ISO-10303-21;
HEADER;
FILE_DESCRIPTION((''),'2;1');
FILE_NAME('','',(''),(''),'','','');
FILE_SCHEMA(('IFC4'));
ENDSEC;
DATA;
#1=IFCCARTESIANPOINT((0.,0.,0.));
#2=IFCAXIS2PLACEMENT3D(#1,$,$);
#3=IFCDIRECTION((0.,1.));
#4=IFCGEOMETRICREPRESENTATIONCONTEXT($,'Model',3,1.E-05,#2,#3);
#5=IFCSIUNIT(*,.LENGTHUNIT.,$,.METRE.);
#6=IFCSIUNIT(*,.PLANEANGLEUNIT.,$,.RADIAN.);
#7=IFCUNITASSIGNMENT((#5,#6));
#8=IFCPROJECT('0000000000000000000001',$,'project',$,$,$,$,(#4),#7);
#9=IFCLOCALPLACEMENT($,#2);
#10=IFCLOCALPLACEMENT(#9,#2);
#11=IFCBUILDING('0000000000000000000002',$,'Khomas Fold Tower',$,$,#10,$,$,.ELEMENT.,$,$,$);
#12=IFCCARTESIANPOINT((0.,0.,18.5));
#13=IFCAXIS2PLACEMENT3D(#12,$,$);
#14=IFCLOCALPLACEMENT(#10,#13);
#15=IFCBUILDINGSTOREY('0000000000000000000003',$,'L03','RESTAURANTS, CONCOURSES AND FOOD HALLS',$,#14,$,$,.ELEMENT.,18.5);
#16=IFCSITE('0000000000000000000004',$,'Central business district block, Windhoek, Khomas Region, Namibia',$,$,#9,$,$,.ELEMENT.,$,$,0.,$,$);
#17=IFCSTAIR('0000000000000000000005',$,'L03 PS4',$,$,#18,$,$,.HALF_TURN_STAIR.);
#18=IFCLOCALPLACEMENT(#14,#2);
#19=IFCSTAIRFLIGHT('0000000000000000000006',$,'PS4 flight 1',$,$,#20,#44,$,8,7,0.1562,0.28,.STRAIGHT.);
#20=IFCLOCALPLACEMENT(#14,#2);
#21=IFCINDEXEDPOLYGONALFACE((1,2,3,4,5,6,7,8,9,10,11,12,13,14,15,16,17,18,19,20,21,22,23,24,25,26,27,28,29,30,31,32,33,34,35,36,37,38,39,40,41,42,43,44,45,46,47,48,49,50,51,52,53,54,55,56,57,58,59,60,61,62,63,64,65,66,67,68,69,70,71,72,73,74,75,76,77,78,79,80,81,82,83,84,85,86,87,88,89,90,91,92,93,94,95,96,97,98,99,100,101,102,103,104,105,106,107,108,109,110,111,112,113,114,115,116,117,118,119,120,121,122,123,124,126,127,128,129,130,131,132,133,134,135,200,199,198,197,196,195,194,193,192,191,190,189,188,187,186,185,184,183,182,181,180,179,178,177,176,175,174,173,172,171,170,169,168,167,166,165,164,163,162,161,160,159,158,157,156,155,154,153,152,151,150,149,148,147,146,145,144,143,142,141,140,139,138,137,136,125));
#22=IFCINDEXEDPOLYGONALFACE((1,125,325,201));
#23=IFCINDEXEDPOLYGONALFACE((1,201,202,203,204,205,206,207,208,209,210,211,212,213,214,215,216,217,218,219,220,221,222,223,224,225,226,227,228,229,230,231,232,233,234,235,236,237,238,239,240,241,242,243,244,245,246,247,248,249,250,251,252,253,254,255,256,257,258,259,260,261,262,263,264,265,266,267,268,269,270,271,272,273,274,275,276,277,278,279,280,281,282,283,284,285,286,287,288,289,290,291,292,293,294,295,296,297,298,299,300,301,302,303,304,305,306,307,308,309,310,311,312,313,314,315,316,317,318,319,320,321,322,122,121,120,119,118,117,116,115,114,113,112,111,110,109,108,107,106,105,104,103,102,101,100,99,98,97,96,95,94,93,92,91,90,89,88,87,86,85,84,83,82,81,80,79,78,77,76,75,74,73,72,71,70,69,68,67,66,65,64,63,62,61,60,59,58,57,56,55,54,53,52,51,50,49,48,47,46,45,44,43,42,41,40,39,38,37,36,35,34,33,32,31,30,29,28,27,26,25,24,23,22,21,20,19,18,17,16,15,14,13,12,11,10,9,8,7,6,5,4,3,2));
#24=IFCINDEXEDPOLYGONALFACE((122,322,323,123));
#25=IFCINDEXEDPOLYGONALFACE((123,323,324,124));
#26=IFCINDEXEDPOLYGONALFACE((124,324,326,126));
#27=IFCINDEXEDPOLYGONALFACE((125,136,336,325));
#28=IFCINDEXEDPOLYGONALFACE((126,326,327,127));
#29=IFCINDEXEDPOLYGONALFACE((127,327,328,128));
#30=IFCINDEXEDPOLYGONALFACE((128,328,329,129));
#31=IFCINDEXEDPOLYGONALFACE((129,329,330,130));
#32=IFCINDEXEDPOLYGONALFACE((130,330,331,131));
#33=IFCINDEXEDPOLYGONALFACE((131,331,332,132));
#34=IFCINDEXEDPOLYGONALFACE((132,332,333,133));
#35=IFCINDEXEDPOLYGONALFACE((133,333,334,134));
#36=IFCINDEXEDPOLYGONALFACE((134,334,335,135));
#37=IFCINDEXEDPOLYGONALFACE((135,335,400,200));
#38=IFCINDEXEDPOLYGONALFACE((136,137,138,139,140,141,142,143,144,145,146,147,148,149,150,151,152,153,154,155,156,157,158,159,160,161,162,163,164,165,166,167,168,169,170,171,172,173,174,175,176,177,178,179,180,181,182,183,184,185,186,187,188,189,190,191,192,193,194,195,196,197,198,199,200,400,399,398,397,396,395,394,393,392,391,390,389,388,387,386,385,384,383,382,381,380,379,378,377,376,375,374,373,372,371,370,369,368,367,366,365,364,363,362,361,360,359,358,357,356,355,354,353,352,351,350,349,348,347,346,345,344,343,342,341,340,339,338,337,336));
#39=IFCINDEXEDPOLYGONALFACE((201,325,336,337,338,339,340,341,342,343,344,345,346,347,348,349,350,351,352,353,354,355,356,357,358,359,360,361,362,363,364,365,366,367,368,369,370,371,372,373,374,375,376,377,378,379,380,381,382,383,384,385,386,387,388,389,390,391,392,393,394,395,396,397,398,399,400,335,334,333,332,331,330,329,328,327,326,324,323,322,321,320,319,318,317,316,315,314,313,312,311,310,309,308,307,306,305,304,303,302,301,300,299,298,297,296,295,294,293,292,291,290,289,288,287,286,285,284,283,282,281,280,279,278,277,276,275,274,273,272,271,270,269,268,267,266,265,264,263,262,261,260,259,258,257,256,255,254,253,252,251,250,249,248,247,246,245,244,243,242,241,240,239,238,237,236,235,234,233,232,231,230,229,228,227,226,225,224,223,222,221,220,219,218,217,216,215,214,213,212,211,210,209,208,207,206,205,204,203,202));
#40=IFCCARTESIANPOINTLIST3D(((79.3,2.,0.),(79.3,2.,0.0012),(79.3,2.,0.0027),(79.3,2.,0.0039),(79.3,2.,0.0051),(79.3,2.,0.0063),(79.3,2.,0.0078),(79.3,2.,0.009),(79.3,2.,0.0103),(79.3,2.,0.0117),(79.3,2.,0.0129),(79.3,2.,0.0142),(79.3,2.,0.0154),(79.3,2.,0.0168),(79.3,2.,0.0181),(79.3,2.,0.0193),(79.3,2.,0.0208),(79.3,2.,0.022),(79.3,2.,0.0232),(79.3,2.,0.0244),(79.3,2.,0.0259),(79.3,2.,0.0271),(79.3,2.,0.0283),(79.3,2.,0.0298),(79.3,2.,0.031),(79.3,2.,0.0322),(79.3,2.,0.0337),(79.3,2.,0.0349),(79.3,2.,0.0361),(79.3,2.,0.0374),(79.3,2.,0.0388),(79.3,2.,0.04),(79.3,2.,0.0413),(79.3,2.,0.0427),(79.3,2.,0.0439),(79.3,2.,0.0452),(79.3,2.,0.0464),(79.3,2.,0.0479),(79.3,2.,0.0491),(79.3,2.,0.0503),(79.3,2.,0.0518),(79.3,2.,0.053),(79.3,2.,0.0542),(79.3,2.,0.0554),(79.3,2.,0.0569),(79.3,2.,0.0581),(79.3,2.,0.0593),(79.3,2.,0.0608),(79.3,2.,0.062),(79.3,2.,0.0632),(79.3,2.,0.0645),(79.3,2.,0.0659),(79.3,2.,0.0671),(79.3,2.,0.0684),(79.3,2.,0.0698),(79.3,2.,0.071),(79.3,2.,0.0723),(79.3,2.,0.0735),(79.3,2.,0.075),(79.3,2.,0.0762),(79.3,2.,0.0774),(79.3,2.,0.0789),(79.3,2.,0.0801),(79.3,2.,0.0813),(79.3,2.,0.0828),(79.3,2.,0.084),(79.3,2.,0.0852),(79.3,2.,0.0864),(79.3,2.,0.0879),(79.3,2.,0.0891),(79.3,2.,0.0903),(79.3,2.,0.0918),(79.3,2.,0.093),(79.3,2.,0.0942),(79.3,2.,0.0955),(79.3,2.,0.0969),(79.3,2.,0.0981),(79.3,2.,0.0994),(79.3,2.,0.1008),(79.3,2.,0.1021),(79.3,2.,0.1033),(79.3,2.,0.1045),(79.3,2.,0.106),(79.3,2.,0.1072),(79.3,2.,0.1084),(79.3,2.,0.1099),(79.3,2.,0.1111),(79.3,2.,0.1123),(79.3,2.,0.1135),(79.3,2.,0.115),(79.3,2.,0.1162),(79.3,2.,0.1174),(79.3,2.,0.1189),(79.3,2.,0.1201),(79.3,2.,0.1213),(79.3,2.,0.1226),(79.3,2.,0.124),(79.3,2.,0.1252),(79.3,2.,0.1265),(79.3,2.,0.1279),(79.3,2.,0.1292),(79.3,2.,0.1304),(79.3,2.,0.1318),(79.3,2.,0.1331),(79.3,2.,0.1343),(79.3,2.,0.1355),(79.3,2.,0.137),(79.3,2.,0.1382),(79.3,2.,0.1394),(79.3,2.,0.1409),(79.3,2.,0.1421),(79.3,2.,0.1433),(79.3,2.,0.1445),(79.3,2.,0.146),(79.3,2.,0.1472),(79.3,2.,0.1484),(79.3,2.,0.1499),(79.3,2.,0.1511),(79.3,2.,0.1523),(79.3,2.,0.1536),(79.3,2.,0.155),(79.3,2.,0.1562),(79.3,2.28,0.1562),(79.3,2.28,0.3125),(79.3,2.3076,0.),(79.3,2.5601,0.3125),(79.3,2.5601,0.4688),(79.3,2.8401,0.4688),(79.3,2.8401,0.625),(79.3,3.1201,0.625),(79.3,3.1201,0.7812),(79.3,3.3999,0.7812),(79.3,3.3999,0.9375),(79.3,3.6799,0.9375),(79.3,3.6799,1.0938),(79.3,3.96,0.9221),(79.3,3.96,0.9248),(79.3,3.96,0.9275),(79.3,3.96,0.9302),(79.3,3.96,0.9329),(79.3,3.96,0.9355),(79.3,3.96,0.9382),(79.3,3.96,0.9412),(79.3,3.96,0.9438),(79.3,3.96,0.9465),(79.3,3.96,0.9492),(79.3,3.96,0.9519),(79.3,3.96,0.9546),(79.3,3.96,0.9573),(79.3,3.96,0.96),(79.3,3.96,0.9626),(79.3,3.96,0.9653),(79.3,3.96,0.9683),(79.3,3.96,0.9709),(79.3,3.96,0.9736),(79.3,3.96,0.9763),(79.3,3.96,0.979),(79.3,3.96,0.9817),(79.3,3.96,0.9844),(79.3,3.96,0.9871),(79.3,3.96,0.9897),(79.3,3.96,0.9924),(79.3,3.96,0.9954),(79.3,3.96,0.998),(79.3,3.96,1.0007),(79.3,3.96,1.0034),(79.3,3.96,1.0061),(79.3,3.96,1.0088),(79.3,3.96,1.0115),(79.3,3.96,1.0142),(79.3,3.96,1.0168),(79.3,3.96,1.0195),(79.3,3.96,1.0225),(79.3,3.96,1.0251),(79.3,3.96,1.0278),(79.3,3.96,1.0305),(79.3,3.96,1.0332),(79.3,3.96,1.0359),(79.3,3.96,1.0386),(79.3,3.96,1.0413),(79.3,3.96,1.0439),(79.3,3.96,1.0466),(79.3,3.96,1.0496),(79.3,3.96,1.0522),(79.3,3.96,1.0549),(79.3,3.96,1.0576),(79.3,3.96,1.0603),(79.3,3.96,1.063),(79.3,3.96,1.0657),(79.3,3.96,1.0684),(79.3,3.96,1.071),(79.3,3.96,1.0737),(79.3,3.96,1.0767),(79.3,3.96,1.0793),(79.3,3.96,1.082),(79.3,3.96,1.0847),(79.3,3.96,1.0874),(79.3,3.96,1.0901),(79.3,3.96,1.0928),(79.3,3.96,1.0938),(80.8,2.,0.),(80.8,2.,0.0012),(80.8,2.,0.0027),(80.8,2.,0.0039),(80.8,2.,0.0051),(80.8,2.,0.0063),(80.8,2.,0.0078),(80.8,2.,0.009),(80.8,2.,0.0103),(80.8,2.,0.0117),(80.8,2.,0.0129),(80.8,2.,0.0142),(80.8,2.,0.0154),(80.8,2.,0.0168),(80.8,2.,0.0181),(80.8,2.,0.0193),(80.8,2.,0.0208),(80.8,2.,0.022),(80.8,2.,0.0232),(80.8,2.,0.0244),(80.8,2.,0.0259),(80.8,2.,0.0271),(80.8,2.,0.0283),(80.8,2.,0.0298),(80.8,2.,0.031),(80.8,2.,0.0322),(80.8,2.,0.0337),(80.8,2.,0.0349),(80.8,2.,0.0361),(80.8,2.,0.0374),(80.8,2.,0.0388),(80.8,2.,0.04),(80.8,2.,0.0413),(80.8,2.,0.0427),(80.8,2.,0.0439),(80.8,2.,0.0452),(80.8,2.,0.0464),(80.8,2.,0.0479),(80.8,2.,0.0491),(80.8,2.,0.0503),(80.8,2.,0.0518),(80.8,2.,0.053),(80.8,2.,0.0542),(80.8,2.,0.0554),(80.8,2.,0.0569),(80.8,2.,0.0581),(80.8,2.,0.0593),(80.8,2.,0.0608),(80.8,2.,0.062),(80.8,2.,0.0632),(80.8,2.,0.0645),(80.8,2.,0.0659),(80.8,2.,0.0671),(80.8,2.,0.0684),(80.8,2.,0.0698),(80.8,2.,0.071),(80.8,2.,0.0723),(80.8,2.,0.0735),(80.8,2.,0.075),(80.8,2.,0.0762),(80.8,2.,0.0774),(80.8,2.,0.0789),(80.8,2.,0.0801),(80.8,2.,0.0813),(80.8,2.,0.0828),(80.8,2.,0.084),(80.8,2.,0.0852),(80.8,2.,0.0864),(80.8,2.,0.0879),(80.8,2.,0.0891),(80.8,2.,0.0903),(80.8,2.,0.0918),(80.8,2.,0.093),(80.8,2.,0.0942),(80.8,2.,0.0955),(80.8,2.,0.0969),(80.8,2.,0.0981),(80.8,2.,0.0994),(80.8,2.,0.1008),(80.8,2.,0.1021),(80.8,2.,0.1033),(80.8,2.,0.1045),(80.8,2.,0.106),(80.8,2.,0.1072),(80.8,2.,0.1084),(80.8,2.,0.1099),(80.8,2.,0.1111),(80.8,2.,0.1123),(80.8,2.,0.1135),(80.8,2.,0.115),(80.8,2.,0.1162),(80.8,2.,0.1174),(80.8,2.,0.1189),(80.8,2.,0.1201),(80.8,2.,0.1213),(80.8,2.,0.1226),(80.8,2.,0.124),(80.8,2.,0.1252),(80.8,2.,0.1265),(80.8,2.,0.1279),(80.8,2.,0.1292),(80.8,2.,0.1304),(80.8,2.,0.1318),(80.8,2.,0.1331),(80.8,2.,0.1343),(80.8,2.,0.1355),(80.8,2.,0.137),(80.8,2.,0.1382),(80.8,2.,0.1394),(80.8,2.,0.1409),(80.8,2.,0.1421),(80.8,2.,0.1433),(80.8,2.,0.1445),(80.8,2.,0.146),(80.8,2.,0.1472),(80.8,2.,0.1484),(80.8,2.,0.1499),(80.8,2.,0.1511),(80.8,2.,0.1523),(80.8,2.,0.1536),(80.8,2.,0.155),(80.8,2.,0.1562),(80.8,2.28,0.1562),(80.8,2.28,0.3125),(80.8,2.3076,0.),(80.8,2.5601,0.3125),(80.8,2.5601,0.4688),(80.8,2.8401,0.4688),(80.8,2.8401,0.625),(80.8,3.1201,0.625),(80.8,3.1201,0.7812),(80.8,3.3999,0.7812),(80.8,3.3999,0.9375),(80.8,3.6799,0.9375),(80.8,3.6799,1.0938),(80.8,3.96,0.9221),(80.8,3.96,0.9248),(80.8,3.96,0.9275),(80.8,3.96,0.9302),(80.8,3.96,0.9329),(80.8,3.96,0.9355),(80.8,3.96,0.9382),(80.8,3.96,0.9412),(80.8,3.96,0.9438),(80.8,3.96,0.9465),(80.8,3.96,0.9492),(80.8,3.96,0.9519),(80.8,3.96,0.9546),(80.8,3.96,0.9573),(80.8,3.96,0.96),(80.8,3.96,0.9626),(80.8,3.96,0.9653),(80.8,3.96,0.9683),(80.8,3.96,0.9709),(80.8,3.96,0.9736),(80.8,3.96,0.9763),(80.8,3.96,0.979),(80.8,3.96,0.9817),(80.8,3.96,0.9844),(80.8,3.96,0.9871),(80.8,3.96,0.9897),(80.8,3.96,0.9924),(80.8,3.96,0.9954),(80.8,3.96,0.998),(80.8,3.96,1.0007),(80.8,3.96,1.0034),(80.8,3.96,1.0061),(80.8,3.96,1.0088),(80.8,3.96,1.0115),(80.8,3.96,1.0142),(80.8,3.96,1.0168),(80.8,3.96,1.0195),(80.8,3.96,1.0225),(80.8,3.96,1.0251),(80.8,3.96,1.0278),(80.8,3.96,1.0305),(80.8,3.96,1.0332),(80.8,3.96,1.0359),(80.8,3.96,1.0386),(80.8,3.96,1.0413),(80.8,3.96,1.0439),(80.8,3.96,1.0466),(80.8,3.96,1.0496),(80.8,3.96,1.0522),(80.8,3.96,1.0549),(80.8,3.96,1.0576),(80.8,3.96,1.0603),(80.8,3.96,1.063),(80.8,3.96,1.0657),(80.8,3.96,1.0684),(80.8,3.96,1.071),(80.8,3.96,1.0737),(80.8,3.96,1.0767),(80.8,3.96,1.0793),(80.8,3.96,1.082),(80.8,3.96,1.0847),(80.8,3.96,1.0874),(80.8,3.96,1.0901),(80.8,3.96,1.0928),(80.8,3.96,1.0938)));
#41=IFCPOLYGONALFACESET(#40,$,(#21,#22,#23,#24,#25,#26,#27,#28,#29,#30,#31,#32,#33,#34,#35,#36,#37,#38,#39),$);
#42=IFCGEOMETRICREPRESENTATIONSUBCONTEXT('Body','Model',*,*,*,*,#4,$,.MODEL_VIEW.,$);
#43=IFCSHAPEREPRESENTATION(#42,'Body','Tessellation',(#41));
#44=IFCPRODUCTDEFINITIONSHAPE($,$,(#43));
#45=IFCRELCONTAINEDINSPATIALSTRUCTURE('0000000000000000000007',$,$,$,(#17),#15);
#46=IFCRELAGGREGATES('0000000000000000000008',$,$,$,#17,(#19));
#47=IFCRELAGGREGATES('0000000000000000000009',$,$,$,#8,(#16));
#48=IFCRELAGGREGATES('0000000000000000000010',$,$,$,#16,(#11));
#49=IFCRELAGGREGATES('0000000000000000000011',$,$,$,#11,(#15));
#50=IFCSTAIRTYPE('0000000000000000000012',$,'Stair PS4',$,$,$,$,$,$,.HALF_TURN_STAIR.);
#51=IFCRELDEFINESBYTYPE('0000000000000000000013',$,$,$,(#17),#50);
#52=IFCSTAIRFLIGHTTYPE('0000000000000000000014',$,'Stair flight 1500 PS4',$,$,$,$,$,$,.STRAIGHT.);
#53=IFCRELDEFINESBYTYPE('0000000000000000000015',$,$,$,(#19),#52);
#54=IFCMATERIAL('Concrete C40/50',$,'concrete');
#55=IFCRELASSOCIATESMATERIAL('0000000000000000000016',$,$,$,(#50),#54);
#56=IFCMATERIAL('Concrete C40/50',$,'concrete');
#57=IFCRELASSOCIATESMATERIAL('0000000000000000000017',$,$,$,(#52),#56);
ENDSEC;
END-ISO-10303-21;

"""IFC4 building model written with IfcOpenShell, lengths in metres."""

from ifc_helpers import new_model, si_unit, direction, frame, origin, place, context, subcontext, project, spatial, polyline, outline, extrude, source, transform, mapped, material, type_object, element, aggregate, save


model = new_model("IFC4")

# Units and contexts
model_context = context("Model", 3, precision=1e-05, world=origin(), true_north=direction((0.0, 1.0)))
body_context = subcontext(model_context, "Body", "Model", "MODEL_VIEW")
ifc_project = project(units=[si_unit("LENGTHUNIT", "METRE"), si_unit("PLANEANGLEUNIT", "RADIAN")], contexts=[model_context])

# Site, building, storey
site_placement = place(None, origin())
site = spatial("IfcSite", under=ifc_project, at=site_placement, Name="Central business district block, Windhoek, Khomas Region, Namibia", CompositionType="ELEMENT", RefElevation=0.0)
building_placement = place(site_placement, origin())
building = spatial("IfcBuilding", under=site, at=building_placement, Name="Khomas Fold Tower", CompositionType="ELEMENT")
storey_placement = place(building_placement, frame((0.0, 0.0, 18.5)))
storey = spatial("IfcBuildingStorey", under=building, at=storey_placement, Name="L03", Description="RESTAURANTS, CONCOURSES AND FOOD HALLS", CompositionType="ELEMENT", Elevation=18.5)

# Stair, stair flight
shared_shape_1 = source(origin(), body_context, "Body", "SweptSolid", [
    extrude(outline(polyline([(0.0, 0.0), (0.0, 0.0012), (0.0, 0.0027), (0.0, 0.0039), (0.0, 0.0051), (0.0, 0.0063), (0.0, 0.0078), (0.0, 0.009), (0.0, 0.0103), (0.0, 0.0117), (0.0, 0.0129), (0.0, 0.0142), (0.0, 0.0154), (0.0, 0.0168), (0.0, 0.0181), (0.0, 0.0193), (0.0, 0.0208), (0.0, 0.022), (0.0, 0.0232), (0.0, 0.0244), (0.0, 0.0259), (0.0, 0.0271), (0.0, 0.0283), (0.0, 0.0298), (0.0, 0.031), (0.0, 0.0322), (0.0, 0.0337), (0.0, 0.0349), (0.0, 0.0361), (0.0, 0.0374), (0.0, 0.0388), (0.0, 0.04), (0.0, 0.0413), (0.0, 0.0427), (0.0, 0.0439), (0.0, 0.0452), (0.0, 0.0464), (0.0, 0.0479), (0.0, 0.0491), (0.0, 0.0503), (0.0, 0.0518), (0.0, 0.053), (0.0, 0.0542), (0.0, 0.0554), (0.0, 0.0569), (0.0, 0.0581), (0.0, 0.0593), (0.0, 0.0608), (0.0, 0.062), (0.0, 0.0632), (0.0, 0.0645), (0.0, 0.0659), (0.0, 0.0671), (0.0, 0.0684), (0.0, 0.0698), (0.0, 0.071), (0.0, 0.0723), (0.0, 0.0735), (0.0, 0.075), (0.0, 0.0762), (0.0, 0.0774), (0.0, 0.0789), (0.0, 0.0801), (0.0, 0.0813), (0.0, 0.0828), (0.0, 0.084), (0.0, 0.0852), (0.0, 0.0864), (0.0, 0.0879), (0.0, 0.0891), (0.0, 0.0903), (0.0, 0.0918), (0.0, 0.093), (0.0, 0.0942), (0.0, 0.0955), (0.0, 0.0969), (0.0, 0.0981), (0.0, 0.0994), (0.0, 0.1008), (0.0, 0.1021), (0.0, 0.1033), (0.0, 0.1045), (0.0, 0.106), (0.0, 0.1072), (0.0, 0.1084), (0.0, 0.1099), (0.0, 0.1111), (0.0, 0.1123), (0.0, 0.1135), (0.0, 0.115), (0.0, 0.1162), (0.0, 0.1174), (0.0, 0.1189), (0.0, 0.1201), (0.0, 0.1213), (0.0, 0.1226), (0.0, 0.124), (0.0, 0.1252), (0.0, 0.1265), (0.0, 0.1279), (0.0, 0.1292), (0.0, 0.1304), (0.0, 0.1318), (0.0, 0.1331), (0.0, 0.1343), (0.0, 0.1355), (0.0, 0.137), (0.0, 0.1382), (0.0, 0.1394), (0.0, 0.1409), (0.0, 0.1421), (0.0, 0.1433), (0.0, 0.1445), (0.0, 0.146), (0.0, 0.1472), (0.0, 0.1484), (0.0, 0.1499), (0.0, 0.1511), (0.0, 0.1523), (0.0, 0.1536), (0.0, 0.155), (0.0, 0.1562), (0.28, 0.1562), (0.28, 0.3125), (0.5601, 0.3125), (0.5601, 0.4688), (0.8401, 0.4688), (0.8401, 0.625), (1.1201, 0.625), (1.1201, 0.7812), (1.3999, 0.7812), (1.3999, 0.9375), (1.6799, 0.9375), (1.6799, 1.0938), (1.96, 1.0938), (1.96, 1.25), (1.96, 1.2473), (1.96, 1.2446), (1.96, 1.2419), (1.96, 1.2393), (1.96, 1.2363), (1.96, 1.2336), (1.96, 1.231), (1.96, 1.2283), (1.96, 1.2256), (1.96, 1.2229), (1.96, 1.2202), (1.96, 1.2175), (1.96, 1.2148), (1.96, 1.2122), (1.96, 1.2092), (1.96, 1.2065), (1.96, 1.2039), (1.96, 1.2012), (1.96, 1.1985), (1.96, 1.1958), (1.96, 1.1931), (1.96, 1.1904), (1.96, 1.1877), (1.96, 1.1851), (1.96, 1.1821), (1.96, 1.1794), (1.96, 1.1768), (1.96, 1.1741), (1.96, 1.1714), (1.96, 1.1687), (1.96, 1.166), (1.96, 1.1633), (1.96, 1.1606), (1.96, 1.158), (1.96, 1.155), (1.96, 1.1523), (1.96, 1.1497), (1.96, 1.147), (1.96, 1.1443), (1.96, 1.1416), (1.96, 1.1389), (1.96, 1.1362), (1.96, 1.1335), (1.96, 1.1309), (1.96, 1.1279), (1.96, 1.1252), (1.96, 1.1226), (1.96, 1.1199), (1.96, 1.1172), (1.96, 1.1145), (1.96, 1.1118), (1.96, 1.1091), (1.96, 1.1064), (1.96, 1.1038), (1.96, 1.1008), (1.96, 1.0981), (1.96, 1.0955), (1.96, 1.0928), (1.96, 1.0901), (1.96, 1.0874), (1.96, 1.0847), (1.96, 1.082), (1.96, 1.0793), (1.96, 1.0767), (1.96, 1.0737), (1.96, 1.071), (1.96, 1.0684), (1.96, 1.0657), (1.96, 1.063), (1.96, 1.0603), (1.96, 1.0576), (1.96, 1.0549), (1.96, 1.0522), (1.96, 1.0496), (1.96, 1.0466), (1.96, 1.0439), (1.96, 1.0413), (1.96, 1.0386), (1.96, 1.0359), (1.96, 1.0332), (1.96, 1.0305), (1.96, 1.0278), (1.96, 1.0251), (1.96, 1.0225), (1.96, 1.0195), (1.96, 1.0168), (1.96, 1.0142), (1.96, 1.0115), (1.96, 1.0088), (1.96, 1.0061), (1.96, 1.0034), (1.96, 1.0007), (1.96, 0.998), (1.96, 0.9954), (1.96, 0.9924), (1.96, 0.9897), (1.96, 0.9871), (1.96, 0.9844), (1.96, 0.9817), (1.96, 0.979), (1.96, 0.9763), (1.96, 0.9736), (1.96, 0.9709), (1.96, 0.9683), (1.96, 0.9653), (1.96, 0.9626), (1.96, 0.96), (1.96, 0.9573), (1.96, 0.9546), (1.96, 0.9519), (1.96, 0.9492), (1.96, 0.9465), (1.96, 0.9438), (1.96, 0.9412), (1.96, 0.9382), (1.96, 0.9355), (1.96, 0.9329), (1.96, 0.9302), (1.96, 0.9275), (1.96, 0.9248), (1.96, 0.9221), (0.3076, 0.0), (0.0, 0.0)])), frame((0.0, 0.75, 0.0), z_axis=(0.0, -1.0, 0.0), x_axis=(1.0, 0.0, 0.0)), (0.0, 0.0, 1.0), 1.5),
])
ifc_material_1 = material(Name="Concrete C40/50", Category="concrete")
stair_type_1 = type_object("IfcStairType", Name="Stair PS4", PredefinedType="HALF_TURN_STAIR", material=ifc_material_1)
stair_1_placement = place(storey_placement, origin())
stair_1 = element("IfcStair", 1, at=stair_1_placement, inside=storey, type_object=stair_type_1, Name="L03 PS4", PredefinedType="HALF_TURN_STAIR")
ifc_material_2 = material(Name="Concrete C40/50", Category="concrete")
stair_flight_type_1 = type_object("IfcStairFlightType", Name="Stair flight 1500 PS4", PredefinedType="STRAIGHT", material=ifc_material_2)
stair_flight_1_placement = place(storey_placement, frame((80.05, 2.0, 0.0), z_axis=(0.0, 0.0, 1.0), x_axis=(0.0, 1.0, 0.0)))
stair_flight_1 = element("IfcStairFlight", 2, at=stair_flight_1_placement, type_object=stair_flight_type_1, Name="PS4 flight 1", NumberOfRisers=8, NumberOfTreads=7, PredefinedType="STRAIGHT", RiserHeight=0.1562, TreadLength=0.28, context=body_context, shape_type="MappedRepresentation", body=[
    mapped(shared_shape_1, transform((0.0, 0.0, 0.0))),
])
aggregate(stair_1, [stair_flight_1])

save(model, "model.ifc")
